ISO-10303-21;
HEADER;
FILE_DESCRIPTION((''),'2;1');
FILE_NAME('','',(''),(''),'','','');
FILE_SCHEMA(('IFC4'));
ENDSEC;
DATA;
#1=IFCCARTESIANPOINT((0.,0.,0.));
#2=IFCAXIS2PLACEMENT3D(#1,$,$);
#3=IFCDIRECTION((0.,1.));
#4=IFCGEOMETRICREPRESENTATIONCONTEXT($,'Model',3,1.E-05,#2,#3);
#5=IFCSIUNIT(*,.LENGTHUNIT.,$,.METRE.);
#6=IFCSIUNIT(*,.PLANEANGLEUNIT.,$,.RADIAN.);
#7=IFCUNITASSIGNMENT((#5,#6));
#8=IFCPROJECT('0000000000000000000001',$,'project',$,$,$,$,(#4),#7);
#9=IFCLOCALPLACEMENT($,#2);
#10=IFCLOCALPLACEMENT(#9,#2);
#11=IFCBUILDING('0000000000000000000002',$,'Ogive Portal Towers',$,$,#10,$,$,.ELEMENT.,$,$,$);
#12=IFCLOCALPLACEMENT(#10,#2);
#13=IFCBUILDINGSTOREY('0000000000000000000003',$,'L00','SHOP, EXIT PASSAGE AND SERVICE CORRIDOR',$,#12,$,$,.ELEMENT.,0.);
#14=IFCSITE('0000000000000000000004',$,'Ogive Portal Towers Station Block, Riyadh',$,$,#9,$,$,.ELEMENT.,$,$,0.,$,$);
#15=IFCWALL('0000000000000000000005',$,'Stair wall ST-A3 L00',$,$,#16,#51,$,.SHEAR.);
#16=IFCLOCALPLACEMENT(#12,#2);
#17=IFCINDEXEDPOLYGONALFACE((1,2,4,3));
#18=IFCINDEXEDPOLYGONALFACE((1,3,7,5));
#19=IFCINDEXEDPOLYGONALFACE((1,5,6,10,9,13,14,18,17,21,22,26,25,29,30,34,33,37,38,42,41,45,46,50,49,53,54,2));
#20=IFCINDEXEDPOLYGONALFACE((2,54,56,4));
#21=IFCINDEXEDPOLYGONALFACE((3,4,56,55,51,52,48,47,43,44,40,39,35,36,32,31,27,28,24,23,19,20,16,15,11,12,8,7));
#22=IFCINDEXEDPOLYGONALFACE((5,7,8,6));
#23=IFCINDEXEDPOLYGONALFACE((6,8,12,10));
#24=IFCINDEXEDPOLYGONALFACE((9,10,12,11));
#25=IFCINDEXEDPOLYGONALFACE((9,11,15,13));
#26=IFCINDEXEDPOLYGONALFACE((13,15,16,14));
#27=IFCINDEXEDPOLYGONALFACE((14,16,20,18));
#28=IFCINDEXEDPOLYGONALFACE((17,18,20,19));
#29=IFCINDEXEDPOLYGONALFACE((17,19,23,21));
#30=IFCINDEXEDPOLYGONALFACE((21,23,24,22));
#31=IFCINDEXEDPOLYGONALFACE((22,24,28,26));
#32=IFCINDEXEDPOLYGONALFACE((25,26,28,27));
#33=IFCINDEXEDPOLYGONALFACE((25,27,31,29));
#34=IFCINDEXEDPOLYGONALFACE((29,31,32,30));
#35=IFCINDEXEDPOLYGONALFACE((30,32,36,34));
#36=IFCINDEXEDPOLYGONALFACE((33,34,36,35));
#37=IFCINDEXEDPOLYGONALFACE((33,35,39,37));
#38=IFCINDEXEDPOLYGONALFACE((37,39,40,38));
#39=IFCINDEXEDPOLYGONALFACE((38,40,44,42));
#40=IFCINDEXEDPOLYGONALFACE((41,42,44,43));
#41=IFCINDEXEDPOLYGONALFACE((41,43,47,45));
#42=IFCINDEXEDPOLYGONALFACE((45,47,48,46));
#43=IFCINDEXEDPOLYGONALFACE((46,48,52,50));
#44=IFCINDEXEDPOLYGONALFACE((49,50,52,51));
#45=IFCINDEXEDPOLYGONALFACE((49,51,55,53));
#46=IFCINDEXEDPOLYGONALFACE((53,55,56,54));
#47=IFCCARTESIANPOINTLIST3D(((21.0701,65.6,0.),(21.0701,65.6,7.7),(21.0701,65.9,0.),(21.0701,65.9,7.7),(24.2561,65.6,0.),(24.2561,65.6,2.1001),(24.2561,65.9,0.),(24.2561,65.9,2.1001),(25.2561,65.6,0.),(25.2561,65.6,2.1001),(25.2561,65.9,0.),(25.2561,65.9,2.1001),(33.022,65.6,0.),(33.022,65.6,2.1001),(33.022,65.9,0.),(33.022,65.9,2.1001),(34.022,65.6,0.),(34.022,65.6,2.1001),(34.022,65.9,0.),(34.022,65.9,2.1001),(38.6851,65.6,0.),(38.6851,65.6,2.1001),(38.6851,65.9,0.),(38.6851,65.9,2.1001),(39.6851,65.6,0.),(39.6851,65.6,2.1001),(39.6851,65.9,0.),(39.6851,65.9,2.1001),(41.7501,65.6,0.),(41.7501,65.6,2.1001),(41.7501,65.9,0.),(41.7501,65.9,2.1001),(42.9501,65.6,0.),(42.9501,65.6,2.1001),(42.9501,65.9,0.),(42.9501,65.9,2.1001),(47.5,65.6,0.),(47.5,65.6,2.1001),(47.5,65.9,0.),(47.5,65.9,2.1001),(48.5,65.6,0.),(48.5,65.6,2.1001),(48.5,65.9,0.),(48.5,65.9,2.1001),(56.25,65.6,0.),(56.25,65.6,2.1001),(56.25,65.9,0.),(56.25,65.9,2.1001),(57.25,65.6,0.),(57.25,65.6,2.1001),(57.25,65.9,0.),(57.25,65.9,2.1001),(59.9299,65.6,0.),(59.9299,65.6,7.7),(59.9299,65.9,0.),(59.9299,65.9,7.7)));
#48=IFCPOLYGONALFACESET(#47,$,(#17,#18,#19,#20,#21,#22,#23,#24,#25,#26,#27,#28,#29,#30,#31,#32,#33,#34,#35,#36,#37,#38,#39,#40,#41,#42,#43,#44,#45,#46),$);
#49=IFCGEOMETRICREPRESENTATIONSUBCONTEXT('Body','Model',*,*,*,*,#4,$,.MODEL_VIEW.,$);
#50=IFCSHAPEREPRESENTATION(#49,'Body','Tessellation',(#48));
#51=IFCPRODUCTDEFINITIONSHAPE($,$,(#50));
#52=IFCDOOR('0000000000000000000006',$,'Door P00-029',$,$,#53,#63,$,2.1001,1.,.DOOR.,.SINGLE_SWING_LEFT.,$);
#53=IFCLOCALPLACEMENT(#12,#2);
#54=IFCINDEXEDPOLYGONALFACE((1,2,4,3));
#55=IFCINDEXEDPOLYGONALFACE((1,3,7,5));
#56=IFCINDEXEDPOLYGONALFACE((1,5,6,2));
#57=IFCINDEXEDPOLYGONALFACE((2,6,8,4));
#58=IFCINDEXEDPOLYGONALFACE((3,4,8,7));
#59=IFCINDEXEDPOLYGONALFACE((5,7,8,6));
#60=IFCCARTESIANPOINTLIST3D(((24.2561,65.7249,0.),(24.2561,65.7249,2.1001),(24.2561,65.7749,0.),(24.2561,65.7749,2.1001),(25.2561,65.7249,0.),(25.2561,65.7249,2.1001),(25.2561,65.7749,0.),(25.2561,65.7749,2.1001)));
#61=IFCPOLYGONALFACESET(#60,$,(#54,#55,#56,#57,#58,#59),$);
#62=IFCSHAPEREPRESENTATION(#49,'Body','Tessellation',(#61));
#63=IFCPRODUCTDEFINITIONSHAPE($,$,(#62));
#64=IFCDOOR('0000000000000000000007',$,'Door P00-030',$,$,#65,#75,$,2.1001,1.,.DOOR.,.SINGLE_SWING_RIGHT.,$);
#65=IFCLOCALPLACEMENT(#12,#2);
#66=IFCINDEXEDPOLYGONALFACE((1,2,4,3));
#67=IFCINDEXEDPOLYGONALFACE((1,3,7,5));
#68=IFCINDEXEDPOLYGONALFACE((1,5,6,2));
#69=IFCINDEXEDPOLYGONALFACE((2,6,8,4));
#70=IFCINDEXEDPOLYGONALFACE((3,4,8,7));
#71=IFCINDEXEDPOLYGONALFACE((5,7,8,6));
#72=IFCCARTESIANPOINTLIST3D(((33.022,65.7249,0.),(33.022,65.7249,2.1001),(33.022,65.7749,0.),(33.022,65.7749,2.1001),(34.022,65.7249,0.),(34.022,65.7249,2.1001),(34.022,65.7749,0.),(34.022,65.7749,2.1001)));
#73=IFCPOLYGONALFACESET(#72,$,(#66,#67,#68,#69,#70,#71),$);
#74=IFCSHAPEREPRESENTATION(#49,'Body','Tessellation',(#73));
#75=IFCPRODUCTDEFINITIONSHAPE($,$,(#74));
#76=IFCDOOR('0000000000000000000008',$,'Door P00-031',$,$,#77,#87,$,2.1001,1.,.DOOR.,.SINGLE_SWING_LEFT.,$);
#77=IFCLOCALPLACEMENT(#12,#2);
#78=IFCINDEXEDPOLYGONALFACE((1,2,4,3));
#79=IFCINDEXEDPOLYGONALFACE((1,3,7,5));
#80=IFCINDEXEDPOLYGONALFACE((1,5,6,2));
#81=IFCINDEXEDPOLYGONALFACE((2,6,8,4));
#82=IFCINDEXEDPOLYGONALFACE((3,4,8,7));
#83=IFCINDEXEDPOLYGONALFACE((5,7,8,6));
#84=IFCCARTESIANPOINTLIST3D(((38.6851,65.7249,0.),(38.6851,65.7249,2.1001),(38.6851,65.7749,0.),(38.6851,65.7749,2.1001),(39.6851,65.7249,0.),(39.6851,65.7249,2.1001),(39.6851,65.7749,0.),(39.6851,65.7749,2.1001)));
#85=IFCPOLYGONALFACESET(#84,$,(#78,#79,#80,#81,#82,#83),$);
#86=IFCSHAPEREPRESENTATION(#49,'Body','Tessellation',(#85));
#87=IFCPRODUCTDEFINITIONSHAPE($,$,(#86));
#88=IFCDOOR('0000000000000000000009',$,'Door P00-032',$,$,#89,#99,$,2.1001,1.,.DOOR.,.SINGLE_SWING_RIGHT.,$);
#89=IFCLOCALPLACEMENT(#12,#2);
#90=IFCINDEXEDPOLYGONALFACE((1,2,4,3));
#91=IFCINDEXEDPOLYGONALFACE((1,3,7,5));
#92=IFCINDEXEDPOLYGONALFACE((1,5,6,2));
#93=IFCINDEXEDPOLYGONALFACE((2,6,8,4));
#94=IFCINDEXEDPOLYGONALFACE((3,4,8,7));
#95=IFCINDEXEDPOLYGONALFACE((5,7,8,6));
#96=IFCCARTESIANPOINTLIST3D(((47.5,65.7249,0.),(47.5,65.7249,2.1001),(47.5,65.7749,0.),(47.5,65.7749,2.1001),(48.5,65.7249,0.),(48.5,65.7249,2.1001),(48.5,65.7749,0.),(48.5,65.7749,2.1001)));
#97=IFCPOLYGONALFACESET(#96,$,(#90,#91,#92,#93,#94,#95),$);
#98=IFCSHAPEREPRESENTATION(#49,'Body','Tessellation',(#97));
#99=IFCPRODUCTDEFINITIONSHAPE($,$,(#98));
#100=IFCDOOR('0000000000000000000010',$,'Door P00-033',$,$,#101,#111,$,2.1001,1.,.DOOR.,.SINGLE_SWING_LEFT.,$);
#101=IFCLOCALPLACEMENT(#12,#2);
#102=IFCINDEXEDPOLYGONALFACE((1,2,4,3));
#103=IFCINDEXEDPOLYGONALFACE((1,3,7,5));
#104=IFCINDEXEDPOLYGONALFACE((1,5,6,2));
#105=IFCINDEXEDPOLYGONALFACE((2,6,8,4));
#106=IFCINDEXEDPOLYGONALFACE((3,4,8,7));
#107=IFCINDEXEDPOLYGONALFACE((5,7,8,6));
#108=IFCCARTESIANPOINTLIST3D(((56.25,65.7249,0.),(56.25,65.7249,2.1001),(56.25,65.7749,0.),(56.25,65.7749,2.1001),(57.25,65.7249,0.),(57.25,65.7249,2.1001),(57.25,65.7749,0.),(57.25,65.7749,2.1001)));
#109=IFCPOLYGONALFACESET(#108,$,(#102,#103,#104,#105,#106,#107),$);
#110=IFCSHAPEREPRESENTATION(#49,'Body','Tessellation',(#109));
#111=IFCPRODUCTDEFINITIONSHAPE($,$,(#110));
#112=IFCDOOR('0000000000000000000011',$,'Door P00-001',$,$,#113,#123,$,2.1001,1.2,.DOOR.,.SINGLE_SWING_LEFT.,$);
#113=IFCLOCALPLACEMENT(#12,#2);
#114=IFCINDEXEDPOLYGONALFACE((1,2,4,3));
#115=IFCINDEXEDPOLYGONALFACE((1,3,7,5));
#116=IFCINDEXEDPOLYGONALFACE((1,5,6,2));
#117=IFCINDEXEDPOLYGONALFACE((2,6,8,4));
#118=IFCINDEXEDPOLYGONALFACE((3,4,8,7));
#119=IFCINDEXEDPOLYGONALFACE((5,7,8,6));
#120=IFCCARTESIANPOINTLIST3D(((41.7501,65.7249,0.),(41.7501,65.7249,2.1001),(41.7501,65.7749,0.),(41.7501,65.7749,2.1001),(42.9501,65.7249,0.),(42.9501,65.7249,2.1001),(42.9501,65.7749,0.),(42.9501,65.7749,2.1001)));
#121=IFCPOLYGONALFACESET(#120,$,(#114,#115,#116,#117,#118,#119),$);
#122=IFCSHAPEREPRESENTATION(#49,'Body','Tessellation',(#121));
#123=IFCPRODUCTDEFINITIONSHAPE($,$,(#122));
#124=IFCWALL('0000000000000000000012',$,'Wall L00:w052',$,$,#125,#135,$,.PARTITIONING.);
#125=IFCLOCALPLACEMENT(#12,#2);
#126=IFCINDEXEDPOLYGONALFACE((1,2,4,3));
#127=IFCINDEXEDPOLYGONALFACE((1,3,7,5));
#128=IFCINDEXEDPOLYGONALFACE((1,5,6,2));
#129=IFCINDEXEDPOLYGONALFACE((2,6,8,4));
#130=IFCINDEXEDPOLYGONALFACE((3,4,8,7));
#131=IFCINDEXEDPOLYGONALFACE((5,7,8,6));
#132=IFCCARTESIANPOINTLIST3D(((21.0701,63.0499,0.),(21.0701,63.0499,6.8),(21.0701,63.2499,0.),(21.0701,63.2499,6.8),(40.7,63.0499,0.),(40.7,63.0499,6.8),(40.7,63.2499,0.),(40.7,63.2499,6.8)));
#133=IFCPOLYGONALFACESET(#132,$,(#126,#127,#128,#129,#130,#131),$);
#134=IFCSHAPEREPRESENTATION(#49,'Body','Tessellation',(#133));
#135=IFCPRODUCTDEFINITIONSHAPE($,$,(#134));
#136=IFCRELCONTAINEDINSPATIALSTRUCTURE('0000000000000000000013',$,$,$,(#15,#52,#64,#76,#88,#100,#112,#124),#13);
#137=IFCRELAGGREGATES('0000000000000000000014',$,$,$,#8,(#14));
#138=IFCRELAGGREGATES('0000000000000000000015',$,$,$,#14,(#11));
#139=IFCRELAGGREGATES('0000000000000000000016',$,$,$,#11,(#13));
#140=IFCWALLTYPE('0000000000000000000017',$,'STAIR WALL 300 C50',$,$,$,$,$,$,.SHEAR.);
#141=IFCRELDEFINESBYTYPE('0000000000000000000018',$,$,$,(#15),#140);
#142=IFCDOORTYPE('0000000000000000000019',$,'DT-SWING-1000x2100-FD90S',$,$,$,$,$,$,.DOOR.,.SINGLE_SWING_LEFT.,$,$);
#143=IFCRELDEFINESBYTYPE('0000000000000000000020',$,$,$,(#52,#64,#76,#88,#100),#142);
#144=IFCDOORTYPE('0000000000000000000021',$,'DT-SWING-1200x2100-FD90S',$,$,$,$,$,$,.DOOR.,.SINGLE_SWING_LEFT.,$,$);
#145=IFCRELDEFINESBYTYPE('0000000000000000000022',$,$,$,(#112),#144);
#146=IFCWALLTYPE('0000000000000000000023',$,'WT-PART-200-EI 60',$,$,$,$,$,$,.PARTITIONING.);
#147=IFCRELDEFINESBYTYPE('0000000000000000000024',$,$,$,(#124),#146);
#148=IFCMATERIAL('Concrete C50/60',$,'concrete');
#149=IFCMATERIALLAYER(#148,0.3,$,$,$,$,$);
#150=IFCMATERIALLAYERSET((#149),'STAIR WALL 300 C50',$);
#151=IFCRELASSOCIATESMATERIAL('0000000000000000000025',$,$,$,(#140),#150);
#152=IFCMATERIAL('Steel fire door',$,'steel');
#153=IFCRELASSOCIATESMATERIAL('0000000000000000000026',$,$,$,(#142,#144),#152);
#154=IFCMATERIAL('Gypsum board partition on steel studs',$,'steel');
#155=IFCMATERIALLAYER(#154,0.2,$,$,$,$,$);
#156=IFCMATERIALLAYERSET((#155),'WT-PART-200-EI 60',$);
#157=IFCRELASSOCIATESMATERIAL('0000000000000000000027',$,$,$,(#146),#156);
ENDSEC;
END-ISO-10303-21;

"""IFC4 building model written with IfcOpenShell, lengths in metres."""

from ifc_helpers import new_model, si_unit, direction, frame, frame_2d, origin, place, context, subcontext, project, spatial, rectangle, extrude, material, layer, layer_set, type_object, element, fill, save


model = new_model("IFC4")

# Units and contexts
model_context = context("Model", 3, precision=1e-05, world=origin(), true_north=direction((0.0, 1.0)))
body_context = subcontext(model_context, "Body", "Model", "MODEL_VIEW")
ifc_project = project(units=[si_unit("LENGTHUNIT", "METRE"), si_unit("PLANEANGLEUNIT", "RADIAN")], contexts=[model_context])

# Site, building, storey
site_placement = place(None, origin())
site = spatial("IfcSite", under=ifc_project, at=site_placement, Name="Ogive Portal Towers Station Block, Riyadh", CompositionType="ELEMENT", RefElevation=0.0)
building_placement = place(site_placement, origin())
building = spatial("IfcBuilding", under=site, at=building_placement, Name="Ogive Portal Towers", CompositionType="ELEMENT")
storey_placement = place(building_placement, origin())
storey = spatial("IfcBuildingStorey", under=building, at=storey_placement, Name="L00", Description="SHOP, EXIT PASSAGE AND SERVICE CORRIDOR", CompositionType="ELEMENT", Elevation=0.0)

# Wall, openings, doors
ifc_material_1 = material(Name="Concrete C50/60", Category="concrete")
ifc_layer_1 = layer(ifc_material_1, 0.3)
ifc_layer_set_1 = layer_set([ifc_layer_1], Name="STAIR WALL 300 C50")
wall_type_1 = type_object("IfcWallType", Name="STAIR WALL 300 C50", PredefinedType="SHEAR", material=ifc_layer_set_1)
wall_1_placement = place(storey_placement, frame((21.0701, 65.75, 0.0), z_axis=(0.0, 0.0, 1.0), x_axis=(1.0, 0.0, 0.0)))
wall_1 = element("IfcWall", 1, at=wall_1_placement, inside=storey, type_object=wall_type_1, Name="Stair wall ST-A3 L00", PredefinedType="SHEAR", context=body_context, shape_type="SweptSolid", body=[
    extrude(rectangle(XDim=38.8599, YDim=0.3, at=frame_2d((19.4299, 0.0))), origin(), (0.0, 0.0, 1.0), 7.7),
])
opening_1_placement = place(wall_1_placement, frame((20.6799, 0.0, 0.0)))
opening_1 = element("IfcOpeningElement", 2, at=opening_1_placement, cuts=wall_1, PredefinedType="OPENING", context=body_context, shape_type="SweptSolid", body=[
    extrude(rectangle(XDim=1.2, YDim=2.1001, at=frame_2d((0.6001, 1.05))), frame((0.0, 0.1602, 0.0), z_axis=(0.0, -1.0, 0.0), x_axis=(1.0, 0.0, 0.0)), (0.0, 0.0, 1.0), 0.3201),
])
opening_2_placement = place(wall_1_placement, frame((3.186, 0.0, 0.0)))
opening_2 = element("IfcOpeningElement", 3, at=opening_2_placement, cuts=wall_1, PredefinedType="OPENING", context=body_context, shape_type="SweptSolid", body=[
    extrude(rectangle(XDim=1.0, YDim=2.1001, at=frame_2d((0.5, 1.05))), frame((0.0, 0.1602, 0.0), z_axis=(0.0, -1.0, 0.0), x_axis=(1.0, 0.0, 0.0)), (0.0, 0.0, 1.0), 0.3201),
])
opening_3_placement = place(wall_1_placement, frame((11.9519, 0.0, 0.0)))
opening_3 = element("IfcOpeningElement", 4, at=opening_3_placement, cuts=wall_1, PredefinedType="OPENING", context=body_context, shape_type="SweptSolid", body=[
    extrude(rectangle(XDim=1.0, YDim=2.1001, at=frame_2d((0.5, 1.05))), frame((0.0, 0.1602, 0.0), z_axis=(0.0, -1.0, 0.0), x_axis=(1.0, 0.0, 0.0)), (0.0, 0.0, 1.0), 0.3201),
])
opening_4_placement = place(wall_1_placement, frame((17.615, 0.0, 0.0)))
opening_4 = element("IfcOpeningElement", 5, at=opening_4_placement, cuts=wall_1, PredefinedType="OPENING", context=body_context, shape_type="SweptSolid", body=[
    extrude(rectangle(XDim=1.0, YDim=2.1001, at=frame_2d((0.5, 1.05))), frame((0.0, 0.1602, 0.0), z_axis=(0.0, -1.0, 0.0), x_axis=(1.0, 0.0, 0.0)), (0.0, 0.0, 1.0), 0.3201),
])
opening_5_placement = place(wall_1_placement, frame((26.4299, 0.0, 0.0)))
opening_5 = element("IfcOpeningElement", 6, at=opening_5_placement, cuts=wall_1, PredefinedType="OPENING", context=body_context, shape_type="SweptSolid", body=[
    extrude(rectangle(XDim=1.0, YDim=2.1001, at=frame_2d((0.5, 1.05))), frame((0.0, 0.1602, 0.0), z_axis=(0.0, -1.0, 0.0), x_axis=(1.0, 0.0, 0.0)), (0.0, 0.0, 1.0), 0.3201),
])
opening_6_placement = place(wall_1_placement, frame((35.1799, 0.0, 0.0)))
opening_6 = element("IfcOpeningElement", 7, at=opening_6_placement, cuts=wall_1, PredefinedType="OPENING", context=body_context, shape_type="SweptSolid", body=[
    extrude(rectangle(XDim=1.0, YDim=2.1001, at=frame_2d((0.5, 1.05))), frame((0.0, 0.1602, 0.0), z_axis=(0.0, -1.0, 0.0), x_axis=(1.0, 0.0, 0.0)), (0.0, 0.0, 1.0), 0.3201),
])
ifc_material_2 = material(Name="Steel fire door", Category="steel")
door_type_1 = type_object("IfcDoorType", Name="DT-SWING-1000x2100-FD90S", OperationType="SINGLE_SWING_LEFT", PredefinedType="DOOR", material=ifc_material_2)
door_1_placement = place(opening_2_placement, origin())
door_1 = element("IfcDoor", 8, at=door_1_placement, inside=storey, type_object=door_type_1, Name="Door P00-029", OperationType="SINGLE_SWING_LEFT", OverallHeight=2.1001, OverallWidth=1.0, PredefinedType="DOOR", context=body_context, shape_type="SweptSolid", body=[
    extrude(rectangle(XDim=1.0, YDim=2.1001, at=frame_2d((0.5, 1.05))), frame((0.0, 0.0249, 0.0), z_axis=(0.0, -1.0, 0.0), x_axis=(1.0, 0.0, 0.0)), (0.0, 0.0, 1.0), 0.05),
])
fill(opening_2, door_1)
door_2_placement = place(opening_3_placement, origin())
door_2 = element("IfcDoor", 9, at=door_2_placement, inside=storey, type_object=door_type_1, Name="Door P00-030", OperationType="SINGLE_SWING_RIGHT", OverallHeight=2.1001, OverallWidth=1.0, PredefinedType="DOOR", context=body_context, shape_type="SweptSolid", body=[
    extrude(rectangle(XDim=1.0, YDim=2.1001, at=frame_2d((0.5, 1.05))), frame((0.0, 0.0249, 0.0), z_axis=(0.0, -1.0, 0.0), x_axis=(1.0, 0.0, 0.0)), (0.0, 0.0, 1.0), 0.05),
])
fill(opening_3, door_2)
door_3_placement = place(opening_4_placement, origin())
door_3 = element("IfcDoor", 10, at=door_3_placement, inside=storey, type_object=door_type_1, Name="Door P00-031", OperationType="SINGLE_SWING_LEFT", OverallHeight=2.1001, OverallWidth=1.0, PredefinedType="DOOR", context=body_context, shape_type="SweptSolid", body=[
    extrude(rectangle(XDim=1.0, YDim=2.1001, at=frame_2d((0.5, 1.05))), frame((0.0, 0.0249, 0.0), z_axis=(0.0, -1.0, 0.0), x_axis=(1.0, 0.0, 0.0)), (0.0, 0.0, 1.0), 0.05),
])
fill(opening_4, door_3)
door_4_placement = place(opening_5_placement, origin())
door_4 = element("IfcDoor", 11, at=door_4_placement, inside=storey, type_object=door_type_1, Name="Door P00-032", OperationType="SINGLE_SWING_RIGHT", OverallHeight=2.1001, OverallWidth=1.0, PredefinedType="DOOR", context=body_context, shape_type="SweptSolid", body=[
    extrude(rectangle(XDim=1.0, YDim=2.1001, at=frame_2d((0.5, 1.05))), frame((0.0, 0.0249, 0.0), z_axis=(0.0, -1.0, 0.0), x_axis=(1.0, 0.0, 0.0)), (0.0, 0.0, 1.0), 0.05),
])
fill(opening_5, door_4)
door_5_placement = place(opening_6_placement, origin())
door_5 = element("IfcDoor", 12, at=door_5_placement, inside=storey, type_object=door_type_1, Name="Door P00-033", OperationType="SINGLE_SWING_LEFT", OverallHeight=2.1001, OverallWidth=1.0, PredefinedType="DOOR", context=body_context, shape_type="SweptSolid", body=[
    extrude(rectangle(XDim=1.0, YDim=2.1001, at=frame_2d((0.5, 1.05))), frame((0.0, 0.0249, 0.0), z_axis=(0.0, -1.0, 0.0), x_axis=(1.0, 0.0, 0.0)), (0.0, 0.0, 1.0), 0.05),
])
fill(opening_6, door_5)
door_type_2 = type_object("IfcDoorType", Name="DT-SWING-1200x2100-FD90S", OperationType="SINGLE_SWING_LEFT", PredefinedType="DOOR", material=ifc_material_2)
door_6_placement = place(opening_1_placement, origin())
door_6 = element("IfcDoor", 13, at=door_6_placement, inside=storey, type_object=door_type_2, Name="Door P00-001", OperationType="SINGLE_SWING_LEFT", OverallHeight=2.1001, OverallWidth=1.2, PredefinedType="DOOR", context=body_context, shape_type="SweptSolid", body=[
    extrude(rectangle(XDim=1.2, YDim=2.1001, at=frame_2d((0.6001, 1.05))), frame((0.0, 0.0249, 0.0), z_axis=(0.0, -1.0, 0.0), x_axis=(1.0, 0.0, 0.0)), (0.0, 0.0, 1.0), 0.05),
])
fill(opening_1, door_6)

# Wall
ifc_material_3 = material(Name="Gypsum board partition on steel studs", Category="steel")
ifc_layer_2 = layer(ifc_material_3, 0.2)
ifc_layer_set_2 = layer_set([ifc_layer_2], Name="WT-PART-200-EI 60")
wall_type_2 = type_object("IfcWallType", Name="WT-PART-200-EI 60", PredefinedType="PARTITIONING", material=ifc_layer_set_2)
wall_2_placement = place(storey_placement, frame((21.0701, 63.1499, 0.0), z_axis=(0.0, 0.0, 1.0), x_axis=(1.0, 0.0, 0.0)))
element("IfcWall", 14, at=wall_2_placement, inside=storey, type_object=wall_type_2, Name="Wall L00:w052", PredefinedType="PARTITIONING", context=body_context, shape_type="SweptSolid", body=[
    extrude(rectangle(XDim=19.6299, YDim=0.2, at=frame_2d((9.8149, 0.0))), origin(), (0.0, 0.0, 1.0), 6.8),
])

save(model, "model.ifc")
